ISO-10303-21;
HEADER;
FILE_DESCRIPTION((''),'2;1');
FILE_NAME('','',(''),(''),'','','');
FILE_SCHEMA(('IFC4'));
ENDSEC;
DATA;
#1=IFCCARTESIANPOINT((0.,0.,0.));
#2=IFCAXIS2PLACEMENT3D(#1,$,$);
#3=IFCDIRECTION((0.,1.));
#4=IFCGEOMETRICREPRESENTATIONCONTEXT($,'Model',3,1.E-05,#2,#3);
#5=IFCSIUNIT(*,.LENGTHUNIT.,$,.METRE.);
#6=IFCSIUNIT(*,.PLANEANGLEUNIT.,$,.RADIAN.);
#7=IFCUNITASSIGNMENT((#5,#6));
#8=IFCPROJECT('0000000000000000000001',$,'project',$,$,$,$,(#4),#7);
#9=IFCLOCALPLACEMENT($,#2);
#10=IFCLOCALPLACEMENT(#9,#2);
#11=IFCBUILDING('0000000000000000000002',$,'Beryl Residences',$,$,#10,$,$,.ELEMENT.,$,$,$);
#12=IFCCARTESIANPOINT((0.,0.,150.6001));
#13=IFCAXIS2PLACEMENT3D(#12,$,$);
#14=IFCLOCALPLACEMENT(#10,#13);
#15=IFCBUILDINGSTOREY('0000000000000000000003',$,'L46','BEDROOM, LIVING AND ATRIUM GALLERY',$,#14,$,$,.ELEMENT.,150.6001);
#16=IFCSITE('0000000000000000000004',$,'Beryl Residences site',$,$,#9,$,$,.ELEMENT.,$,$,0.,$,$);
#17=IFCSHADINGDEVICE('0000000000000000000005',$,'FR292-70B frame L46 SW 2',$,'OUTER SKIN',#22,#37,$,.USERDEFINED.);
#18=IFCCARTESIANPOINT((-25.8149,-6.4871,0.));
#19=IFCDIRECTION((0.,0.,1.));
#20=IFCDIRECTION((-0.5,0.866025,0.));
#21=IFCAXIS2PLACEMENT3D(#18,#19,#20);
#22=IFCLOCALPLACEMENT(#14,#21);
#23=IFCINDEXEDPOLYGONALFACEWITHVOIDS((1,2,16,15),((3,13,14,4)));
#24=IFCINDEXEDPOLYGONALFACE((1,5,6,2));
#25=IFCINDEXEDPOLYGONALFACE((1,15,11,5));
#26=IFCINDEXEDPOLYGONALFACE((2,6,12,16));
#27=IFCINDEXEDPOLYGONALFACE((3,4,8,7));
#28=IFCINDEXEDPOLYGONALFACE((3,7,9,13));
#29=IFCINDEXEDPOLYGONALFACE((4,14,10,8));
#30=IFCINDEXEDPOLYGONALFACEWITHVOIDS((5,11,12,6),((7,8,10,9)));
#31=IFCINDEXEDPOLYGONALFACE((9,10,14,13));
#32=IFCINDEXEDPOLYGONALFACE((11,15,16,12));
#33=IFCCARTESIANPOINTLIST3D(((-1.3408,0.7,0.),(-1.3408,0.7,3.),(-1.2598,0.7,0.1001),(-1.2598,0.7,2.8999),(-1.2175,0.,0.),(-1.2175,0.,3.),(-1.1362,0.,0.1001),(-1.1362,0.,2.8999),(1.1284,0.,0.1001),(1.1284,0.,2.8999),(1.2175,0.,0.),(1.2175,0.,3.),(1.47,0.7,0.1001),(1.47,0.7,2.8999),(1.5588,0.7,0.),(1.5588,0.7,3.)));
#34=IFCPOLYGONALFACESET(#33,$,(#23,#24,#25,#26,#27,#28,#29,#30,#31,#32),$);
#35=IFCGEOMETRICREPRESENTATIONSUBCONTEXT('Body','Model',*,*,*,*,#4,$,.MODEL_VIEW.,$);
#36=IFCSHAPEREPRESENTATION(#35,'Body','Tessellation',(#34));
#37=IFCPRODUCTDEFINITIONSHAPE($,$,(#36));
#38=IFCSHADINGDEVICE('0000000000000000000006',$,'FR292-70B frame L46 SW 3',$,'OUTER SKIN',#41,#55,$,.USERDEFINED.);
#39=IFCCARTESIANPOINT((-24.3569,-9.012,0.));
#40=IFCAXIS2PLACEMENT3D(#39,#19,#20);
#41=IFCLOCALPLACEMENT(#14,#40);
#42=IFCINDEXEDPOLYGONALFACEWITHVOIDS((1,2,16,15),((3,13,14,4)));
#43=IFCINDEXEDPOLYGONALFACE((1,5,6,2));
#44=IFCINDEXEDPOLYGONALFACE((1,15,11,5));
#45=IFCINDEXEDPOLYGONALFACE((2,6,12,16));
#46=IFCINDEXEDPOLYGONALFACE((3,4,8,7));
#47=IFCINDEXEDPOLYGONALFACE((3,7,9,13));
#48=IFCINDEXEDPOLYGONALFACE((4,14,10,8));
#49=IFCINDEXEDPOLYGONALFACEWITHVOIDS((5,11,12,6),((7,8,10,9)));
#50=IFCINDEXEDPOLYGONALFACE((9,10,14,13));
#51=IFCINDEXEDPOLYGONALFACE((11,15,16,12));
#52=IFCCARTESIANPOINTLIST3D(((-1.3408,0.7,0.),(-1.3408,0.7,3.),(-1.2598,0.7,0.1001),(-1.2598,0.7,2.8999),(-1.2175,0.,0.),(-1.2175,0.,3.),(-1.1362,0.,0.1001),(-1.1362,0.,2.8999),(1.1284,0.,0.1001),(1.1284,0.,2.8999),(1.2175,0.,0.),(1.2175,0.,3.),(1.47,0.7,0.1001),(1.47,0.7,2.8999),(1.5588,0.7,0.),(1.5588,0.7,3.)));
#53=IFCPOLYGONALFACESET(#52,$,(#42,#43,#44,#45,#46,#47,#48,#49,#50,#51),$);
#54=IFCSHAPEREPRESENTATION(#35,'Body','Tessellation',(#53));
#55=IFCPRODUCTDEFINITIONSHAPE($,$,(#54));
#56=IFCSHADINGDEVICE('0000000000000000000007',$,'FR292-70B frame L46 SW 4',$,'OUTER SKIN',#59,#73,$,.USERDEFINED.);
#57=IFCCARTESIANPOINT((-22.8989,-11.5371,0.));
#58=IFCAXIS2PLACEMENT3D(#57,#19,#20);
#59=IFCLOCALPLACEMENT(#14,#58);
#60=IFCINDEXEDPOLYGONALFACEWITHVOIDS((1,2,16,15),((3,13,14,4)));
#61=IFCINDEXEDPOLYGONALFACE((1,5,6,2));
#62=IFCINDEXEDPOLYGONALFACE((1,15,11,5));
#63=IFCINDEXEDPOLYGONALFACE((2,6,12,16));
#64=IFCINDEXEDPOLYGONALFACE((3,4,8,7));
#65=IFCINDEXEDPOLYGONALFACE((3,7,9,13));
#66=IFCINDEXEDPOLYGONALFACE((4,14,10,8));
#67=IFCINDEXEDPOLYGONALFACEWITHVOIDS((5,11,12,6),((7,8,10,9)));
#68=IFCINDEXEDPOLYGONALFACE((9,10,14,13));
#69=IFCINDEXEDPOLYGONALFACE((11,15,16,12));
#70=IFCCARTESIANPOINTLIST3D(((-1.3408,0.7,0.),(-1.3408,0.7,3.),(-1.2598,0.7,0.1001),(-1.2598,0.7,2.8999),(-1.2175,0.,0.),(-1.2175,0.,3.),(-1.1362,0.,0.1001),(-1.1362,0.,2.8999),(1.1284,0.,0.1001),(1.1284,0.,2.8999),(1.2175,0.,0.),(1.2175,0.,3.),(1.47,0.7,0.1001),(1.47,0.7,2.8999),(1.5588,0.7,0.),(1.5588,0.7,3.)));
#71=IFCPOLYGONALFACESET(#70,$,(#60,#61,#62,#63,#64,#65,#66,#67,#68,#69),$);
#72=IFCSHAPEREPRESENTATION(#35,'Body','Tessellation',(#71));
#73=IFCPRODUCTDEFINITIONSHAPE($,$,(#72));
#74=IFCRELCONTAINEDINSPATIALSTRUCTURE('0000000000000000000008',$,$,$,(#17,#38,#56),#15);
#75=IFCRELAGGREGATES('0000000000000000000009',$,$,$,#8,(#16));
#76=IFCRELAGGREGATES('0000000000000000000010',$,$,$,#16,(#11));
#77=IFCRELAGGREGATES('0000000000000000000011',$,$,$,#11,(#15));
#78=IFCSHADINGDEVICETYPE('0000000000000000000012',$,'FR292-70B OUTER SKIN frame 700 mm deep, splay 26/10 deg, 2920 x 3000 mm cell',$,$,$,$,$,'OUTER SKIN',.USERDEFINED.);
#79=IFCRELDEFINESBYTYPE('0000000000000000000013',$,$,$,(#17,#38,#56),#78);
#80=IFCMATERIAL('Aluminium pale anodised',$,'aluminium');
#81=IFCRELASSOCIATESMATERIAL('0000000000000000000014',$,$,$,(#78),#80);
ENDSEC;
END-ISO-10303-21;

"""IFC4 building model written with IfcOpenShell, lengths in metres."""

from ifc_helpers import new_model, entity, si_unit, direction, frame, origin, place, context, subcontext, project, spatial, source, transform, mapped, material, type_object, type_shapes, element, save


model = new_model("IFC4")

# Units and contexts
model_context = context("Model", 3, precision=1e-05, world=origin(), true_north=direction((0.0, 1.0)))
body_context = subcontext(model_context, "Body", "Model", "MODEL_VIEW")
ifc_project = project(units=[si_unit("LENGTHUNIT", "METRE"), si_unit("PLANEANGLEUNIT", "RADIAN")], contexts=[model_context])

# Site, building, storey
site_placement = place(None, origin())
site = spatial("IfcSite", under=ifc_project, at=site_placement, Name="Beryl Residences site", CompositionType="ELEMENT", RefElevation=0.0)
building_placement = place(site_placement, origin())
building = spatial("IfcBuilding", under=site, at=building_placement, Name="Beryl Residences", CompositionType="ELEMENT")
storey_placement = place(building_placement, frame((0.0, 0.0, 150.6001)))
storey = spatial("IfcBuildingStorey", under=building, at=storey_placement, Name="L46", Description="BEDROOM, LIVING AND ATRIUM GALLERY", CompositionType="ELEMENT", Elevation=150.6001)

# Shading devices
ifc_material_1 = material(Name="Aluminium pale anodised", Category="aluminium")
shading_device_type = type_object("IfcShadingDeviceType", Name="FR292-70B OUTER SKIN frame 700 mm deep, splay 26/10 deg, 2920 x 3000 mm cell", ElementType="OUTER SKIN", PredefinedType="USERDEFINED", material=ifc_material_1)
cartesian_point_1 = entity("IfcCartesianPoint", [-1.2175, 0.0])
cartesian_point_2 = entity("IfcCartesianPoint", [-1.1284, 0.1001])
cartesian_point_3 = entity("IfcCartesianPoint", [-1.5588, 0.0])
cartesian_point_4 = entity("IfcCartesianPoint", [-1.47, 0.1001])
shared_shape = source(origin(), body_context, "Body", "SweptSolid", [
    entity("IfcExtrudedAreaSolidTapered", entity("IfcArbitraryProfileDefWithVoids", "AREA", None, entity("IfcPolyline", [cartesian_point_1, entity("IfcCartesianPoint", [1.2175, 0.0]), entity("IfcCartesianPoint", [1.2175, 3.0]), entity("IfcCartesianPoint", [-1.2175, 3.0]), cartesian_point_1]), [entity("IfcPolyline", [cartesian_point_2, entity("IfcCartesianPoint", [1.1362, 0.1001]), entity("IfcCartesianPoint", [1.1362, 2.8999]), entity("IfcCartesianPoint", [-1.1284, 2.8999]), cartesian_point_2])]), entity("IfcAxis2Placement3D", entity("IfcCartesianPoint", [0.0, 0.0, 0.0]), entity("IfcDirection", [0.0, 1.0, 0.0]), entity("IfcDirection", [-1.0, 0.0, 0.0])), entity("IfcDirection", [0.0, 0.0, 1.0]), 0.7, entity("IfcArbitraryProfileDefWithVoids", "AREA", None, entity("IfcPolyline", [cartesian_point_3, entity("IfcCartesianPoint", [1.3408, 0.0]), entity("IfcCartesianPoint", [1.3408, 3.0]), entity("IfcCartesianPoint", [-1.5588, 3.0]), cartesian_point_3]), [entity("IfcPolyline", [cartesian_point_4, entity("IfcCartesianPoint", [1.2598, 0.1001]), entity("IfcCartesianPoint", [1.2598, 2.8999]), entity("IfcCartesianPoint", [-1.47, 2.8999]), cartesian_point_4])])),
])
type_shapes(shading_device_type, [shared_shape])
for number, where, z_axis, x_axis, name in (
    (1, (-25.8149, -6.4871, 0.0), (0.0, 0.0, 1.0), (-0.5, 0.866025, 0.0), "FR292-70B frame L46 SW 2"),
    (2, (-24.3569, -9.012, 0.0), (0.0, 0.0, 1.0), (-0.5, 0.866025, 0.0), "FR292-70B frame L46 SW 3"),
    (3, (-22.8989, -11.5371, 0.0), (0.0, 0.0, 1.0), (-0.5, 0.866025, 0.0), "FR292-70B frame L46 SW 4"),
):
    element("IfcShadingDevice", number, at=place(storey_placement, frame(where, z_axis=z_axis, x_axis=x_axis)), inside=storey, type_object=shading_device_type, Name=name, ObjectType="OUTER SKIN", PredefinedType="USERDEFINED", context=body_context, shape_type="MappedRepresentation", body=[
        mapped(shared_shape, transform((0.0, 0.0, 0.0))),
    ])

save(model, "model.ifc")
